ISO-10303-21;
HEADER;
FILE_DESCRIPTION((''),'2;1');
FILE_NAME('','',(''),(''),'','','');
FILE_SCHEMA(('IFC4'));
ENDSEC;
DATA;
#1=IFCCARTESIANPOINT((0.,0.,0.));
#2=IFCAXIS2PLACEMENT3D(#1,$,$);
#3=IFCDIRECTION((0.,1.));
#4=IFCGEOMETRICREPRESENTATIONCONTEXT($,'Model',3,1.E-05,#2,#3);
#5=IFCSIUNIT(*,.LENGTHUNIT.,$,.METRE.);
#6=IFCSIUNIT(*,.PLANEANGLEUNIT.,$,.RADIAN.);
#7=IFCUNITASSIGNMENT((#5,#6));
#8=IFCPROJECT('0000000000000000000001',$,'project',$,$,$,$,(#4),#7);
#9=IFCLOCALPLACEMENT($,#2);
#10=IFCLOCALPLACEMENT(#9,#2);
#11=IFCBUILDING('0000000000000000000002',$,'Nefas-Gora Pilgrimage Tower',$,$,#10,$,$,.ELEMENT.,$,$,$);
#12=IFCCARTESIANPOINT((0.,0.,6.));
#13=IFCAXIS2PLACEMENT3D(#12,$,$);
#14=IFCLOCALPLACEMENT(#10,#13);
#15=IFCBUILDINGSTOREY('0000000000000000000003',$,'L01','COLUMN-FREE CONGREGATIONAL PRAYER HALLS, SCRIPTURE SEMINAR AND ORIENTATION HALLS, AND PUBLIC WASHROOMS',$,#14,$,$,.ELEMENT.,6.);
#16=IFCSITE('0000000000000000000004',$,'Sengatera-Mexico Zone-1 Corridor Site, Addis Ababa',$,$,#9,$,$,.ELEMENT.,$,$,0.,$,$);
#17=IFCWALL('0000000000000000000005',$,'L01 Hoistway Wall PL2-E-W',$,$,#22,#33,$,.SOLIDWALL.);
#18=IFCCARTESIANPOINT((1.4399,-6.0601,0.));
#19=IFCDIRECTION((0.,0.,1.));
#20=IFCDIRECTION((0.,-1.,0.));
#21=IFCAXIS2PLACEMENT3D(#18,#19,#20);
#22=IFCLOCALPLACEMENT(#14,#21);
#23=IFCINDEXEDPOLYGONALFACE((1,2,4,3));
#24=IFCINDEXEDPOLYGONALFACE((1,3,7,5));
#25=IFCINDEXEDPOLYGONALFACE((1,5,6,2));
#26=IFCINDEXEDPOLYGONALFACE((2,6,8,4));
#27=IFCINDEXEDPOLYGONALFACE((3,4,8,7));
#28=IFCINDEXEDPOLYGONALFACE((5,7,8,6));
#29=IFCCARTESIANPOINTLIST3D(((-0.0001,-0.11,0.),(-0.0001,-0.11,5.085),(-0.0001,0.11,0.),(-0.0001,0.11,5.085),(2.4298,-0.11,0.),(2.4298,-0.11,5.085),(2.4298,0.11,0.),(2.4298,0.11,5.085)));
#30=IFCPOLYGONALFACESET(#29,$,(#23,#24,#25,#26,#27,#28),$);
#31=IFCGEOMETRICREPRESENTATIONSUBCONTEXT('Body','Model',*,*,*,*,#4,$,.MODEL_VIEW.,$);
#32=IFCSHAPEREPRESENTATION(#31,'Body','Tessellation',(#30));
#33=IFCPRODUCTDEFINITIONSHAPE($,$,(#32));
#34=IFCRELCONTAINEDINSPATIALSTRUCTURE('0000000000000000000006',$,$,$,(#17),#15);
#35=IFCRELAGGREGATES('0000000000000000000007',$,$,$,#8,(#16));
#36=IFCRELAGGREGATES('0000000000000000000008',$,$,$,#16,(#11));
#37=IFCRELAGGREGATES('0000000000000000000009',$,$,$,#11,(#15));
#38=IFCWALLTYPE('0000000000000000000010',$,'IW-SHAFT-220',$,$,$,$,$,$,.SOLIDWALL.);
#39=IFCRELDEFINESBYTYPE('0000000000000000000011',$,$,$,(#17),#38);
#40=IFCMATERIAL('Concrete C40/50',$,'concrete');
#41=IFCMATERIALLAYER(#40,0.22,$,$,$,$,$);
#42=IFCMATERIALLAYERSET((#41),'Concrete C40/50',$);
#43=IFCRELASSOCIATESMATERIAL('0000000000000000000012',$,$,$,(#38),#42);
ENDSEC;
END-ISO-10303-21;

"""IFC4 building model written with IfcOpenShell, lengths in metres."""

from ifc_helpers import new_model, si_unit, direction, frame, frame_2d, origin, place, context, subcontext, project, spatial, rectangle, extrude, source, transform, mapped, material, layer, layer_set, type_object, element, save


model = new_model("IFC4")

# Units and contexts
model_context = context("Model", 3, precision=1e-05, world=origin(), true_north=direction((0.0, 1.0)))
body_context = subcontext(model_context, "Body", "Model", "MODEL_VIEW")
ifc_project = project(units=[si_unit("LENGTHUNIT", "METRE"), si_unit("PLANEANGLEUNIT", "RADIAN")], contexts=[model_context])

# Site, building, storey
site_placement = place(None, origin())
site = spatial("IfcSite", under=ifc_project, at=site_placement, Name="Sengatera-Mexico Zone-1 Corridor Site, Addis Ababa", CompositionType="ELEMENT", RefElevation=0.0)
building_placement = place(site_placement, origin())
building = spatial("IfcBuilding", under=site, at=building_placement, Name="Nefas-Gora Pilgrimage Tower", CompositionType="ELEMENT")
storey_placement = place(building_placement, frame((0.0, 0.0, 6.0)))
storey = spatial("IfcBuildingStorey", under=building, at=storey_placement, Name="L01", Description="COLUMN-FREE CONGREGATIONAL PRAYER HALLS, SCRIPTURE SEMINAR AND ORIENTATION HALLS, AND PUBLIC WASHROOMS", CompositionType="ELEMENT", Elevation=6.0)

# Shared definitions
ifc_material_1 = material(Name="Concrete C40/50", Category="concrete")
ifc_layer_1 = layer(ifc_material_1, 0.22)
ifc_layer_set_1 = layer_set([ifc_layer_1], Name="Concrete C40/50")
wall_type_1 = type_object("IfcWallType", Name="IW-SHAFT-220", PredefinedType="SOLIDWALL", material=ifc_layer_set_1)

# Wall
shared_shape_1 = source(origin(), body_context, "Body", "SweptSolid", [
    extrude(rectangle(XDim=2.4299, YDim=0.22, at=frame_2d((1.2148, 0.0))), origin(), (0.0, 0.0, 1.0), 5.085),
])
for number, where, z_axis, x_axis, name in (
    (1, (1.4399, -6.0601, 0.0), (0.0, 0.0, 1.0), (0.0, -1.0, 0.0), "L01 Hoistway Wall PL2-E-W"),
):
    element("IfcWall", number, at=place(storey_placement, frame(where, z_axis=z_axis, x_axis=x_axis)), inside=storey, type_object=wall_type_1, Name=name, PredefinedType="SOLIDWALL", context=body_context, shape_type="MappedRepresentation", body=[
        mapped(shared_shape_1, transform((0.0, 0.0, 0.0), x_axis=(1.0, 0.0, 0.0), y_axis=(0.0, 1.0, 0.0), z_axis=(0.0, 0.0, 1.0), scale=1.0)),
    ])

save(model, "model.ifc")
